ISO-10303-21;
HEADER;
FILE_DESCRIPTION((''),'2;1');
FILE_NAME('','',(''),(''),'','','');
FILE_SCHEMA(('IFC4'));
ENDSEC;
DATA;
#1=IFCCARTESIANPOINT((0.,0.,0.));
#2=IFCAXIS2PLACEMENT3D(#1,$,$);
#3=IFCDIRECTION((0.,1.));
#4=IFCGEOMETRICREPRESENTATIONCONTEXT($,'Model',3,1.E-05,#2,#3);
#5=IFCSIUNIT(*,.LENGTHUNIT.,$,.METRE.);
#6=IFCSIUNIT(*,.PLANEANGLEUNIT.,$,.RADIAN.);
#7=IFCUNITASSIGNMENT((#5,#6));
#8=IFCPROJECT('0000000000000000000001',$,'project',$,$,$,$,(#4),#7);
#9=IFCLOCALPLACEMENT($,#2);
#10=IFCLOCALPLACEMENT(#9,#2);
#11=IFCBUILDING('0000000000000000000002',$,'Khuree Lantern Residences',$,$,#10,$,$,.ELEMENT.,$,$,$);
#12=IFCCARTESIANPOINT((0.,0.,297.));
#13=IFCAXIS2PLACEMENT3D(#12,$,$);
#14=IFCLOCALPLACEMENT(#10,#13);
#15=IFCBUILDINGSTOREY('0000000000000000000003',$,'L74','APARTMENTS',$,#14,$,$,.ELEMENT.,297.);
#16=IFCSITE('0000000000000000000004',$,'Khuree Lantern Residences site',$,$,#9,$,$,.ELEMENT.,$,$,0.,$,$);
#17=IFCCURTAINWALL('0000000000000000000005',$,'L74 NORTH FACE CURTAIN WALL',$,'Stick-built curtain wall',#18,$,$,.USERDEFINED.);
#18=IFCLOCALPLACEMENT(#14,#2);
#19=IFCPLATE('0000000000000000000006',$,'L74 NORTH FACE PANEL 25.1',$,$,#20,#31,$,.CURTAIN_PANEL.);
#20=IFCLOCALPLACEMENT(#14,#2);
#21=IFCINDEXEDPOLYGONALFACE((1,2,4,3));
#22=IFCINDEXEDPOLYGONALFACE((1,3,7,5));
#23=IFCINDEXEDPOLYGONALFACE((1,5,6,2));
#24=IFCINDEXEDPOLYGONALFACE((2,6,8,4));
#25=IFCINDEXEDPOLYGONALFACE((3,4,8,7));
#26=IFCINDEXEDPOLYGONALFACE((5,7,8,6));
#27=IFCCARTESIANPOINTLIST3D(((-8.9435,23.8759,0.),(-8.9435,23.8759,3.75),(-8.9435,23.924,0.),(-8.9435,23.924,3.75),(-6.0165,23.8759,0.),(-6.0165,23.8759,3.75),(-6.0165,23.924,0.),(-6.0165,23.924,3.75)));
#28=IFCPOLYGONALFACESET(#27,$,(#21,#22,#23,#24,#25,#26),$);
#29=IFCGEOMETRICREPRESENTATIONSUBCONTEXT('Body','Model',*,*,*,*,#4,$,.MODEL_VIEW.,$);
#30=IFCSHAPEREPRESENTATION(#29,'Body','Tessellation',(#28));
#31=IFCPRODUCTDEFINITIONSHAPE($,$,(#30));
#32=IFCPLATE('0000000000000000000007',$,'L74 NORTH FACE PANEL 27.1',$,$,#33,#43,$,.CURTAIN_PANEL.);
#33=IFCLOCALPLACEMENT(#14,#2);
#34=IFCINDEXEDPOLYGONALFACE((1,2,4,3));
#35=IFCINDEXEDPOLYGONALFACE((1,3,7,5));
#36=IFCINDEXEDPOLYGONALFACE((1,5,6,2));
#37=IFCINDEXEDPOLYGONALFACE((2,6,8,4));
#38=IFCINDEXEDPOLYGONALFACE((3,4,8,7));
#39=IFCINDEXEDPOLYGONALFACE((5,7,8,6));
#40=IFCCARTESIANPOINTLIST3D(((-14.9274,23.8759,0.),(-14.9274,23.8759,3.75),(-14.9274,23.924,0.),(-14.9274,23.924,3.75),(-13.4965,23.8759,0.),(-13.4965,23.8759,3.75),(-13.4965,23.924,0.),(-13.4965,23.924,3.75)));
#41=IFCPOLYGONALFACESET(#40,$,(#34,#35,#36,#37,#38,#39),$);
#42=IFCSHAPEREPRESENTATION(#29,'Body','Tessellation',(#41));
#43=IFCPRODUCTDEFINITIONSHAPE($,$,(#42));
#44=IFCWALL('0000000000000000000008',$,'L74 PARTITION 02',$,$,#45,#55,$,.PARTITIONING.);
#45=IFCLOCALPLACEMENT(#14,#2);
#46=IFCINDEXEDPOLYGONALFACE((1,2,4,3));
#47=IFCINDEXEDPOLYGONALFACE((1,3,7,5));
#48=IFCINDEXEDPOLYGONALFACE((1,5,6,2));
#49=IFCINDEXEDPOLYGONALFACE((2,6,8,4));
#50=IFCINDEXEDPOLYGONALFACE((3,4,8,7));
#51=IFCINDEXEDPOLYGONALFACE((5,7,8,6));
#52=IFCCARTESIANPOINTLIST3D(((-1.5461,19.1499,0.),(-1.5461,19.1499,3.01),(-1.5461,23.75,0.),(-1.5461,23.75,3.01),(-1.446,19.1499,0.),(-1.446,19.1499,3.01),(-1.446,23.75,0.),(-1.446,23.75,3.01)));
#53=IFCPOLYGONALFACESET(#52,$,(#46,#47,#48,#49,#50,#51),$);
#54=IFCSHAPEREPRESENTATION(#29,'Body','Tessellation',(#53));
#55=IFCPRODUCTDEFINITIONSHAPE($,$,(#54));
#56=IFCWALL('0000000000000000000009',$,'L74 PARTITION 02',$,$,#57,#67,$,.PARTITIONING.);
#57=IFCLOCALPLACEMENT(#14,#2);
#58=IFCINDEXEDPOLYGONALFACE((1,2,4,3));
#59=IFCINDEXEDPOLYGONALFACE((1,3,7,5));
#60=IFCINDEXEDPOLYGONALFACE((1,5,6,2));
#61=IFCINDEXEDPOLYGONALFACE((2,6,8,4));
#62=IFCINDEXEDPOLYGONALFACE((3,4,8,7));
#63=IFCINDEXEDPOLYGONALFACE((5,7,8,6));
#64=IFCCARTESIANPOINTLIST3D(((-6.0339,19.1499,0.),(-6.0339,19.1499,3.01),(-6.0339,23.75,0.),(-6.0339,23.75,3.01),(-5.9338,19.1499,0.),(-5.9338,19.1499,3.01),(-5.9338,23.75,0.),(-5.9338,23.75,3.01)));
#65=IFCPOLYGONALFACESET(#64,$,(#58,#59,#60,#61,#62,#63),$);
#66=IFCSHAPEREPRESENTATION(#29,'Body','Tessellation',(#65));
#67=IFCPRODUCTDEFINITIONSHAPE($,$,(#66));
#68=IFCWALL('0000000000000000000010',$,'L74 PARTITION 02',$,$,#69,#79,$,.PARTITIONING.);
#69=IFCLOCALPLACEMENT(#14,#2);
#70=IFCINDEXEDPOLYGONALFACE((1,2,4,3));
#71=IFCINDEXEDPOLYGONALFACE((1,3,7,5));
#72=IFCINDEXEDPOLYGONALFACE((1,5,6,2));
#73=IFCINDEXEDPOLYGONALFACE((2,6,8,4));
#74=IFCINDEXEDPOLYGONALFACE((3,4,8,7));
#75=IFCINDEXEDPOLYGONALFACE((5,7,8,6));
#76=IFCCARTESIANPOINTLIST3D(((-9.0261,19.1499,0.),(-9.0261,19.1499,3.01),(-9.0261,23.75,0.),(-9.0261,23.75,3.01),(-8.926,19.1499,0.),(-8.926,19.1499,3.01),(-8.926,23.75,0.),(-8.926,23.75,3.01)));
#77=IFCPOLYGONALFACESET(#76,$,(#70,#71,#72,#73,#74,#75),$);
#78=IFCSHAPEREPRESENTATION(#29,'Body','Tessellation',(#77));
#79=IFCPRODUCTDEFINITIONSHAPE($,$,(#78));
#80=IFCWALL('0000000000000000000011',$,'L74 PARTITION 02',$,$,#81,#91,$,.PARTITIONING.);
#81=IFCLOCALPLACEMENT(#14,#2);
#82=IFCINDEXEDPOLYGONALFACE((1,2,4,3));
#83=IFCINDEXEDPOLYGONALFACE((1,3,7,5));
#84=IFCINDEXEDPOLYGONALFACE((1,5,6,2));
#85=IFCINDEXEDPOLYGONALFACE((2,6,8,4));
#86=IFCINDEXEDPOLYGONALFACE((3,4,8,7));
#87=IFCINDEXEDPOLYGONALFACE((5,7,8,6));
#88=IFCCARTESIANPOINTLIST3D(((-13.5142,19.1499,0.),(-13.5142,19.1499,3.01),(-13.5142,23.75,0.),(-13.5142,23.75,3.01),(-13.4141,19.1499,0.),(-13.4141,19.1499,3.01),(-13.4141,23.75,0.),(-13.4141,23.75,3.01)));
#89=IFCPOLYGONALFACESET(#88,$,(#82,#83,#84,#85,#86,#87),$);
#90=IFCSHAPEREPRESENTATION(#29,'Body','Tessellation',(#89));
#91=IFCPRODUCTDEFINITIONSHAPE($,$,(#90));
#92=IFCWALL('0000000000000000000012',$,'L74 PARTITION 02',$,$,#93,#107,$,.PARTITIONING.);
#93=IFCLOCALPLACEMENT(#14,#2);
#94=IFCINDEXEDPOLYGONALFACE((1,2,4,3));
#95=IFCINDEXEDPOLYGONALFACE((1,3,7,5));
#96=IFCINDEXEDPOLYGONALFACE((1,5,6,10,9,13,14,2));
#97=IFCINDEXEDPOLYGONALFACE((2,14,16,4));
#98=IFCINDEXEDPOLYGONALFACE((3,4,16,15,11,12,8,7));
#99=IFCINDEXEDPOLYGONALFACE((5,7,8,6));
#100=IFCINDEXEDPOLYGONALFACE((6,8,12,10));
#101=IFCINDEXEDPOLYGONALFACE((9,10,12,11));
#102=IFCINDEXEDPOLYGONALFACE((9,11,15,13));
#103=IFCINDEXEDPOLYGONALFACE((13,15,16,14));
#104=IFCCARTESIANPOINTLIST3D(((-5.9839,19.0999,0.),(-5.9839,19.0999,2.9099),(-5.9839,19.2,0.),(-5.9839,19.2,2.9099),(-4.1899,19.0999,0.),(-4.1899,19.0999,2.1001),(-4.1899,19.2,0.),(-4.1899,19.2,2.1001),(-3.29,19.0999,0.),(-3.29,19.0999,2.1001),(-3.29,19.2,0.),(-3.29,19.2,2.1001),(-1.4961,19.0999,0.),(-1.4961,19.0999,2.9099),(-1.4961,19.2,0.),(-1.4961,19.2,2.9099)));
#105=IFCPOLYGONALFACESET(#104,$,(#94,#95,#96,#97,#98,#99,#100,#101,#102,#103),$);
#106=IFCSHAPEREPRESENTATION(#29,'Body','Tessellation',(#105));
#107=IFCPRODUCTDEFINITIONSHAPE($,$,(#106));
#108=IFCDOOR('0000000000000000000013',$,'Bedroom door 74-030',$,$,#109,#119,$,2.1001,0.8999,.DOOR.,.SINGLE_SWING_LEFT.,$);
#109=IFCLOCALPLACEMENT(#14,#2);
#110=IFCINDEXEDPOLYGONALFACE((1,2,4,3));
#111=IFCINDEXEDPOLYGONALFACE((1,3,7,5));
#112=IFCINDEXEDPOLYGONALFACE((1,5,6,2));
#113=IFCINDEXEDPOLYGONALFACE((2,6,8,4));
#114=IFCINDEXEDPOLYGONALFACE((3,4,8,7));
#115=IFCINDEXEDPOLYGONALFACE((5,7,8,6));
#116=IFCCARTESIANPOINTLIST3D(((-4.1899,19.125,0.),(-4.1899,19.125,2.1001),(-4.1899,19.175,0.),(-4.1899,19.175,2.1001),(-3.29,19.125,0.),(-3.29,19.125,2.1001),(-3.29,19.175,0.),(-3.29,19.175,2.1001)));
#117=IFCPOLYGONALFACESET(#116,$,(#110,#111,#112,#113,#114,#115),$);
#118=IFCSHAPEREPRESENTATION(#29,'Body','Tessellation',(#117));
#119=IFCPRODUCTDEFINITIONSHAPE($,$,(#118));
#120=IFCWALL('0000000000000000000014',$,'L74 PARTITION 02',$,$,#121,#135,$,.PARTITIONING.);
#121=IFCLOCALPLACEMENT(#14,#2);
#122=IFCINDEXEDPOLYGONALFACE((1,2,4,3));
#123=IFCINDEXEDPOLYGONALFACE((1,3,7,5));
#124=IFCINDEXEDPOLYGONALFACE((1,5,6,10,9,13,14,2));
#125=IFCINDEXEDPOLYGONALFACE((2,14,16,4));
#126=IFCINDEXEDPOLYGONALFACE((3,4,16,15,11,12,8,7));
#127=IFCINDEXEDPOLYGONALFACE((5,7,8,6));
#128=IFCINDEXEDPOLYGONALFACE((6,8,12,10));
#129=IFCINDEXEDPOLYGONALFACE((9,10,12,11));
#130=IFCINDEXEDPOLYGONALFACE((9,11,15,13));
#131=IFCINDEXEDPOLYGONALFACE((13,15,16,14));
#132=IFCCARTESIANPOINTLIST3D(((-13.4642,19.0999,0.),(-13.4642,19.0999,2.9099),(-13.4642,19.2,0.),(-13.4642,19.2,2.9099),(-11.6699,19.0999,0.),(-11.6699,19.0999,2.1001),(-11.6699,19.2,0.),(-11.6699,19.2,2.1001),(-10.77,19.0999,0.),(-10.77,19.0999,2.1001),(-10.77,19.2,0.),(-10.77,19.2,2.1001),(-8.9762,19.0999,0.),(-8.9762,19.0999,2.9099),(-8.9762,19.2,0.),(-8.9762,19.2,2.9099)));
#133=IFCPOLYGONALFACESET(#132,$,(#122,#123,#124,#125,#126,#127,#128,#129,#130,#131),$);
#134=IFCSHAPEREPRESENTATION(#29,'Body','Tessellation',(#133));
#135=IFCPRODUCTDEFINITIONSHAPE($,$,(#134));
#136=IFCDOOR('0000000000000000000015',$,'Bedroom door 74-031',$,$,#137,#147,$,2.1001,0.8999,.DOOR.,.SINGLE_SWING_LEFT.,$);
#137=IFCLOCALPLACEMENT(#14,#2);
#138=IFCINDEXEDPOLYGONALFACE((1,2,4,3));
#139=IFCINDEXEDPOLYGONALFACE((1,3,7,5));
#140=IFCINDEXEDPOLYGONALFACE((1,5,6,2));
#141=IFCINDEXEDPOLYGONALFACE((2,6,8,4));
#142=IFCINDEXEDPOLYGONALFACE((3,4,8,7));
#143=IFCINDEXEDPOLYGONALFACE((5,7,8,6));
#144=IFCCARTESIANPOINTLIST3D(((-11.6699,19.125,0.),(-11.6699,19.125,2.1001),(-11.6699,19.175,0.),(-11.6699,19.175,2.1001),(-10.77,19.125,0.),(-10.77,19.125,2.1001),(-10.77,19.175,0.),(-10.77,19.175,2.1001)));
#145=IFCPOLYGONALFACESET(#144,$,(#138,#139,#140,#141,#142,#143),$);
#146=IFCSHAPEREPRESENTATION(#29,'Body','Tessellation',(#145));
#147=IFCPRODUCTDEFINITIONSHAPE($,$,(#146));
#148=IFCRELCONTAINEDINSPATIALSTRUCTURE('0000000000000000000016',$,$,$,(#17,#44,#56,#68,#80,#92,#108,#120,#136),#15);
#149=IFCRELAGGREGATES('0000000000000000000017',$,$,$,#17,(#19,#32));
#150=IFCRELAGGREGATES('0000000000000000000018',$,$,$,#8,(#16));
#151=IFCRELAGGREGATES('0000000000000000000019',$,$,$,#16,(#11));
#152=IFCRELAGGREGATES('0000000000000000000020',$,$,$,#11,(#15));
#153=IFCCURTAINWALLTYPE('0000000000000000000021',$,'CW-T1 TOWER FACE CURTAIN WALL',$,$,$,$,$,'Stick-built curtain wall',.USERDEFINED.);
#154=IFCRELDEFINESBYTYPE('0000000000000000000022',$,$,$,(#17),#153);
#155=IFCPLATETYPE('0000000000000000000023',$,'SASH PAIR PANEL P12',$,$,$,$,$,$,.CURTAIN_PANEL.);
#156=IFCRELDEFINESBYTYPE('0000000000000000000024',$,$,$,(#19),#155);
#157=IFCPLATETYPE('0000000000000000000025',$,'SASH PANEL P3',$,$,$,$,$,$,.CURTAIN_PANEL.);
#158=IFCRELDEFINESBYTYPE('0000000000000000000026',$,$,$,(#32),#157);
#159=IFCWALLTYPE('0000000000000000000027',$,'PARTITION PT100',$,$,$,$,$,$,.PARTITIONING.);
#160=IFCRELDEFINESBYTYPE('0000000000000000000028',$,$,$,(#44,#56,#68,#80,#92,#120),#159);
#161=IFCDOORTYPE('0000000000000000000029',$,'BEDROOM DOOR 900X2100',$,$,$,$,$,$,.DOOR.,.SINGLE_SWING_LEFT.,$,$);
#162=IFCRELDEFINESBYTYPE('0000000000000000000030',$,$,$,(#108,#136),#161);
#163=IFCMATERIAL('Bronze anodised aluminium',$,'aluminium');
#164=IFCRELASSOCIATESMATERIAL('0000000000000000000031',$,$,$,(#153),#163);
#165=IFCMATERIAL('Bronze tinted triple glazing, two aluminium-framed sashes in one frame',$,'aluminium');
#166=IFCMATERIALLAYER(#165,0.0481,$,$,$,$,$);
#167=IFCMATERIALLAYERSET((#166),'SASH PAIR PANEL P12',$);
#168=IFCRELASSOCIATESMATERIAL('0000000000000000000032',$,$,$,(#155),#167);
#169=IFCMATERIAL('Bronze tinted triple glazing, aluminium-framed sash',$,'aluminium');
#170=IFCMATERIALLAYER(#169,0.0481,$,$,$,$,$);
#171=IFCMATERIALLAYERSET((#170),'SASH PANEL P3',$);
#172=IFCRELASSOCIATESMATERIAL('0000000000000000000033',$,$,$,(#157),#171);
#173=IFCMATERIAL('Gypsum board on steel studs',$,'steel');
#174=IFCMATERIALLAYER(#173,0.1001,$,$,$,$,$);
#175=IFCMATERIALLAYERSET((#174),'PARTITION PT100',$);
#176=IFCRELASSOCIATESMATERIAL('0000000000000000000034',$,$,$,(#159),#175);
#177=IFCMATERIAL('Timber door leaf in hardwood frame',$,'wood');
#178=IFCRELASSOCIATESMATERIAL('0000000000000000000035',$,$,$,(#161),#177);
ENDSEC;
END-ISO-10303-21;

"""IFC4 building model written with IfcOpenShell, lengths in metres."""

from ifc_helpers import new_model, si_unit, direction, frame, frame_2d, origin, origin_2d, place, context, subcontext, project, spatial, rectangle, extrude, material, layer, layer_set, type_object, element, fill, aggregate, save


model = new_model("IFC4")

# Units and contexts
model_context = context("Model", 3, precision=1e-05, world=origin(), true_north=direction((0.0, 1.0)))
body_context = subcontext(model_context, "Body", "Model", "MODEL_VIEW")
ifc_project = project(units=[si_unit("LENGTHUNIT", "METRE"), si_unit("PLANEANGLEUNIT", "RADIAN")], contexts=[model_context])

# Site, building, storey
site_placement = place(None, origin())
site = spatial("IfcSite", under=ifc_project, at=site_placement, Name="Khuree Lantern Residences site", CompositionType="ELEMENT", RefElevation=0.0)
building_placement = place(site_placement, origin())
building = spatial("IfcBuilding", under=site, at=building_placement, Name="Khuree Lantern Residences", CompositionType="ELEMENT")
storey_placement = place(building_placement, frame((0.0, 0.0, 297.0)))
storey = spatial("IfcBuildingStorey", under=building, at=storey_placement, Name="L74", Description="APARTMENTS", CompositionType="ELEMENT", Elevation=297.0)

# Curtain wall
ifc_material_1 = material(Name="Bronze anodised aluminium", Category="aluminium")
curtain_wall_type = type_object("IfcCurtainWallType", Name="CW-T1 TOWER FACE CURTAIN WALL", ElementType="Stick-built curtain wall", PredefinedType="USERDEFINED", material=ifc_material_1)
curtain_wall_placement = place(storey_placement, origin())
curtain_wall = element("IfcCurtainWall", 1, at=curtain_wall_placement, inside=storey, type_object=curtain_wall_type, Name="L74 NORTH FACE CURTAIN WALL", ObjectType="Stick-built curtain wall", PredefinedType="USERDEFINED")

# Plates
ifc_material_2 = material(Name="Bronze tinted triple glazing, two aluminium-framed sashes in one frame", Category="aluminium")
ifc_layer_1 = layer(ifc_material_2, 0.0481)
ifc_layer_set_1 = layer_set([ifc_layer_1], Name="SASH PAIR PANEL P12")
plate_type_1 = type_object("IfcPlateType", Name="SASH PAIR PANEL P12", PredefinedType="CURTAIN_PANEL", material=ifc_layer_set_1)
plate_1_placement = place(storey_placement, frame((-7.48, 23.8999, 0.0), z_axis=(0.0, 0.0, 1.0), x_axis=(-1.0, 0.0, 0.0)))
plate_1 = element("IfcPlate", 2, at=plate_1_placement, type_object=plate_type_1, Name="L74 NORTH FACE PANEL 25.1", PredefinedType="CURTAIN_PANEL", context=body_context, shape_type="SweptSolid", body=[
    extrude(rectangle(XDim=2.927, YDim=0.0481, at=origin_2d()), origin(), (0.0, 0.0, 1.0), 3.75),
])
ifc_material_3 = material(Name="Bronze tinted triple glazing, aluminium-framed sash", Category="aluminium")
ifc_layer_2 = layer(ifc_material_3, 0.0481)
ifc_layer_set_2 = layer_set([ifc_layer_2], Name="SASH PANEL P3")
plate_type_2 = type_object("IfcPlateType", Name="SASH PANEL P3", PredefinedType="CURTAIN_PANEL", material=ifc_layer_set_2)
plate_2_placement = place(storey_placement, frame((-14.2119, 23.8999, 0.0), z_axis=(0.0, 0.0, 1.0), x_axis=(-1.0, 0.0, 0.0)))
plate_2 = element("IfcPlate", 3, at=plate_2_placement, type_object=plate_type_2, Name="L74 NORTH FACE PANEL 27.1", PredefinedType="CURTAIN_PANEL", context=body_context, shape_type="SweptSolid", body=[
    extrude(rectangle(XDim=1.4309, YDim=0.0481, at=origin_2d()), origin(), (0.0, 0.0, 1.0), 3.75),
])
aggregate(curtain_wall, [plate_1, plate_2])

# Walls
ifc_material_4 = material(Name="Gypsum board on steel studs", Category="steel")
ifc_layer_3 = layer(ifc_material_4, 0.1001)
ifc_layer_set_3 = layer_set([ifc_layer_3], Name="PARTITION PT100")
wall_type = type_object("IfcWallType", Name="PARTITION PT100", PredefinedType="PARTITIONING", material=ifc_layer_set_3)
for number, where, z_axis, x_axis, name in (
    (4, (-1.4961, 19.1499, 0.0), (0.0, 0.0, 1.0), (0.0, 1.0, 0.0), "L74 PARTITION 02"),
    (5, (-5.9839, 19.1499, 0.0), (0.0, 0.0, 1.0), (0.0, 1.0, 0.0), "L74 PARTITION 02"),
    (6, (-8.9761, 19.1499, 0.0), (0.0, 0.0, 1.0), (0.0, 1.0, 0.0), "L74 PARTITION 02"),
    (7, (-13.4641, 19.1499, 0.0), (0.0, 0.0, 1.0), (0.0, 1.0, 0.0), "L74 PARTITION 02"),
):
    element("IfcWall", number, at=place(storey_placement, frame(where, z_axis=z_axis, x_axis=x_axis)), inside=storey, type_object=wall_type, Name=name, PredefinedType="PARTITIONING", context=body_context, shape_type="SweptSolid", body=[
        extrude(rectangle(XDim=4.6001, YDim=0.1001, at=frame_2d((2.3, 0.0))), origin(), (0.0, 0.0, 1.0), 3.01),
    ])

# Walls, openings, doors
wall_1_placement = place(storey_placement, frame((-1.4961, 19.1499, 0.0), z_axis=(0.0, 0.0, 1.0), x_axis=(-1.0, 0.0, 0.0)))
wall_1 = element("IfcWall", 8, at=wall_1_placement, inside=storey, type_object=wall_type, Name="L74 PARTITION 02", PredefinedType="PARTITIONING", context=body_context, shape_type="SweptSolid", body=[
    extrude(rectangle(XDim=4.4878, YDim=0.1001, at=frame_2d((2.2439, 0.0))), origin(), (0.0, 0.0, 1.0), 2.9099),
])
opening_1_placement = place(wall_1_placement, frame((1.7939, 0.0, 0.0)))
opening_1 = element("IfcOpeningElement", 9, at=opening_1_placement, cuts=wall_1, PredefinedType="OPENING", context=body_context, shape_type="SweptSolid", body=[
    extrude(rectangle(XDim=0.8999, YDim=2.1001, at=frame_2d((0.45, 1.05))), frame((0.0, 0.0601, 0.0), z_axis=(0.0, -1.0, 0.0), x_axis=(1.0, 0.0, 0.0)), (0.0, 0.0, 1.0), 0.1201),
])
ifc_material_5 = material(Name="Timber door leaf in hardwood frame", Category="wood")
door_type = type_object("IfcDoorType", Name="BEDROOM DOOR 900X2100", OperationType="SINGLE_SWING_LEFT", PredefinedType="DOOR", material=ifc_material_5)
door_1_placement = place(opening_1_placement, origin())
door_1 = element("IfcDoor", 10, at=door_1_placement, inside=storey, type_object=door_type, Name="Bedroom door 74-030", OperationType="SINGLE_SWING_LEFT", OverallHeight=2.1001, OverallWidth=0.8999, PredefinedType="DOOR", context=body_context, shape_type="SweptSolid", body=[
    extrude(rectangle(XDim=0.8999, YDim=2.1001, at=frame_2d((0.45, 1.05))), frame((0.0, 0.0249, 0.0), z_axis=(0.0, -1.0, 0.0), x_axis=(1.0, 0.0, 0.0)), (0.0, 0.0, 1.0), 0.05),
])
fill(opening_1, door_1)
wall_2_placement = place(storey_placement, frame((-8.9761, 19.1499, 0.0), z_axis=(0.0, 0.0, 1.0), x_axis=(-1.0, 0.0, 0.0)))
wall_2 = element("IfcWall", 11, at=wall_2_placement, inside=storey, type_object=wall_type, Name="L74 PARTITION 02", PredefinedType="PARTITIONING", context=body_context, shape_type="SweptSolid", body=[
    extrude(rectangle(XDim=4.488, YDim=0.1001, at=frame_2d((2.2441, 0.0))), origin(), (0.0, 0.0, 1.0), 2.9099),
])
opening_2_placement = place(wall_2_placement, frame((1.7939, 0.0, 0.0)))
opening_2 = element("IfcOpeningElement", 12, at=opening_2_placement, cuts=wall_2, PredefinedType="OPENING", context=body_context, shape_type="SweptSolid", body=[
    extrude(rectangle(XDim=0.8999, YDim=2.1001, at=frame_2d((0.45, 1.05))), frame((0.0, 0.0601, 0.0), z_axis=(0.0, -1.0, 0.0), x_axis=(1.0, 0.0, 0.0)), (0.0, 0.0, 1.0), 0.1201),
])
door_2_placement = place(opening_2_placement, origin())
door_2 = element("IfcDoor", 13, at=door_2_placement, inside=storey, type_object=door_type, Name="Bedroom door 74-031", OperationType="SINGLE_SWING_LEFT", OverallHeight=2.1001, OverallWidth=0.8999, PredefinedType="DOOR", context=body_context, shape_type="SweptSolid", body=[
    extrude(rectangle(XDim=0.8999, YDim=2.1001, at=frame_2d((0.45, 1.05))), frame((0.0, 0.0249, 0.0), z_axis=(0.0, -1.0, 0.0), x_axis=(1.0, 0.0, 0.0)), (0.0, 0.0, 1.0), 0.05),
])
fill(opening_2, door_2)

save(model, "model.ifc")
